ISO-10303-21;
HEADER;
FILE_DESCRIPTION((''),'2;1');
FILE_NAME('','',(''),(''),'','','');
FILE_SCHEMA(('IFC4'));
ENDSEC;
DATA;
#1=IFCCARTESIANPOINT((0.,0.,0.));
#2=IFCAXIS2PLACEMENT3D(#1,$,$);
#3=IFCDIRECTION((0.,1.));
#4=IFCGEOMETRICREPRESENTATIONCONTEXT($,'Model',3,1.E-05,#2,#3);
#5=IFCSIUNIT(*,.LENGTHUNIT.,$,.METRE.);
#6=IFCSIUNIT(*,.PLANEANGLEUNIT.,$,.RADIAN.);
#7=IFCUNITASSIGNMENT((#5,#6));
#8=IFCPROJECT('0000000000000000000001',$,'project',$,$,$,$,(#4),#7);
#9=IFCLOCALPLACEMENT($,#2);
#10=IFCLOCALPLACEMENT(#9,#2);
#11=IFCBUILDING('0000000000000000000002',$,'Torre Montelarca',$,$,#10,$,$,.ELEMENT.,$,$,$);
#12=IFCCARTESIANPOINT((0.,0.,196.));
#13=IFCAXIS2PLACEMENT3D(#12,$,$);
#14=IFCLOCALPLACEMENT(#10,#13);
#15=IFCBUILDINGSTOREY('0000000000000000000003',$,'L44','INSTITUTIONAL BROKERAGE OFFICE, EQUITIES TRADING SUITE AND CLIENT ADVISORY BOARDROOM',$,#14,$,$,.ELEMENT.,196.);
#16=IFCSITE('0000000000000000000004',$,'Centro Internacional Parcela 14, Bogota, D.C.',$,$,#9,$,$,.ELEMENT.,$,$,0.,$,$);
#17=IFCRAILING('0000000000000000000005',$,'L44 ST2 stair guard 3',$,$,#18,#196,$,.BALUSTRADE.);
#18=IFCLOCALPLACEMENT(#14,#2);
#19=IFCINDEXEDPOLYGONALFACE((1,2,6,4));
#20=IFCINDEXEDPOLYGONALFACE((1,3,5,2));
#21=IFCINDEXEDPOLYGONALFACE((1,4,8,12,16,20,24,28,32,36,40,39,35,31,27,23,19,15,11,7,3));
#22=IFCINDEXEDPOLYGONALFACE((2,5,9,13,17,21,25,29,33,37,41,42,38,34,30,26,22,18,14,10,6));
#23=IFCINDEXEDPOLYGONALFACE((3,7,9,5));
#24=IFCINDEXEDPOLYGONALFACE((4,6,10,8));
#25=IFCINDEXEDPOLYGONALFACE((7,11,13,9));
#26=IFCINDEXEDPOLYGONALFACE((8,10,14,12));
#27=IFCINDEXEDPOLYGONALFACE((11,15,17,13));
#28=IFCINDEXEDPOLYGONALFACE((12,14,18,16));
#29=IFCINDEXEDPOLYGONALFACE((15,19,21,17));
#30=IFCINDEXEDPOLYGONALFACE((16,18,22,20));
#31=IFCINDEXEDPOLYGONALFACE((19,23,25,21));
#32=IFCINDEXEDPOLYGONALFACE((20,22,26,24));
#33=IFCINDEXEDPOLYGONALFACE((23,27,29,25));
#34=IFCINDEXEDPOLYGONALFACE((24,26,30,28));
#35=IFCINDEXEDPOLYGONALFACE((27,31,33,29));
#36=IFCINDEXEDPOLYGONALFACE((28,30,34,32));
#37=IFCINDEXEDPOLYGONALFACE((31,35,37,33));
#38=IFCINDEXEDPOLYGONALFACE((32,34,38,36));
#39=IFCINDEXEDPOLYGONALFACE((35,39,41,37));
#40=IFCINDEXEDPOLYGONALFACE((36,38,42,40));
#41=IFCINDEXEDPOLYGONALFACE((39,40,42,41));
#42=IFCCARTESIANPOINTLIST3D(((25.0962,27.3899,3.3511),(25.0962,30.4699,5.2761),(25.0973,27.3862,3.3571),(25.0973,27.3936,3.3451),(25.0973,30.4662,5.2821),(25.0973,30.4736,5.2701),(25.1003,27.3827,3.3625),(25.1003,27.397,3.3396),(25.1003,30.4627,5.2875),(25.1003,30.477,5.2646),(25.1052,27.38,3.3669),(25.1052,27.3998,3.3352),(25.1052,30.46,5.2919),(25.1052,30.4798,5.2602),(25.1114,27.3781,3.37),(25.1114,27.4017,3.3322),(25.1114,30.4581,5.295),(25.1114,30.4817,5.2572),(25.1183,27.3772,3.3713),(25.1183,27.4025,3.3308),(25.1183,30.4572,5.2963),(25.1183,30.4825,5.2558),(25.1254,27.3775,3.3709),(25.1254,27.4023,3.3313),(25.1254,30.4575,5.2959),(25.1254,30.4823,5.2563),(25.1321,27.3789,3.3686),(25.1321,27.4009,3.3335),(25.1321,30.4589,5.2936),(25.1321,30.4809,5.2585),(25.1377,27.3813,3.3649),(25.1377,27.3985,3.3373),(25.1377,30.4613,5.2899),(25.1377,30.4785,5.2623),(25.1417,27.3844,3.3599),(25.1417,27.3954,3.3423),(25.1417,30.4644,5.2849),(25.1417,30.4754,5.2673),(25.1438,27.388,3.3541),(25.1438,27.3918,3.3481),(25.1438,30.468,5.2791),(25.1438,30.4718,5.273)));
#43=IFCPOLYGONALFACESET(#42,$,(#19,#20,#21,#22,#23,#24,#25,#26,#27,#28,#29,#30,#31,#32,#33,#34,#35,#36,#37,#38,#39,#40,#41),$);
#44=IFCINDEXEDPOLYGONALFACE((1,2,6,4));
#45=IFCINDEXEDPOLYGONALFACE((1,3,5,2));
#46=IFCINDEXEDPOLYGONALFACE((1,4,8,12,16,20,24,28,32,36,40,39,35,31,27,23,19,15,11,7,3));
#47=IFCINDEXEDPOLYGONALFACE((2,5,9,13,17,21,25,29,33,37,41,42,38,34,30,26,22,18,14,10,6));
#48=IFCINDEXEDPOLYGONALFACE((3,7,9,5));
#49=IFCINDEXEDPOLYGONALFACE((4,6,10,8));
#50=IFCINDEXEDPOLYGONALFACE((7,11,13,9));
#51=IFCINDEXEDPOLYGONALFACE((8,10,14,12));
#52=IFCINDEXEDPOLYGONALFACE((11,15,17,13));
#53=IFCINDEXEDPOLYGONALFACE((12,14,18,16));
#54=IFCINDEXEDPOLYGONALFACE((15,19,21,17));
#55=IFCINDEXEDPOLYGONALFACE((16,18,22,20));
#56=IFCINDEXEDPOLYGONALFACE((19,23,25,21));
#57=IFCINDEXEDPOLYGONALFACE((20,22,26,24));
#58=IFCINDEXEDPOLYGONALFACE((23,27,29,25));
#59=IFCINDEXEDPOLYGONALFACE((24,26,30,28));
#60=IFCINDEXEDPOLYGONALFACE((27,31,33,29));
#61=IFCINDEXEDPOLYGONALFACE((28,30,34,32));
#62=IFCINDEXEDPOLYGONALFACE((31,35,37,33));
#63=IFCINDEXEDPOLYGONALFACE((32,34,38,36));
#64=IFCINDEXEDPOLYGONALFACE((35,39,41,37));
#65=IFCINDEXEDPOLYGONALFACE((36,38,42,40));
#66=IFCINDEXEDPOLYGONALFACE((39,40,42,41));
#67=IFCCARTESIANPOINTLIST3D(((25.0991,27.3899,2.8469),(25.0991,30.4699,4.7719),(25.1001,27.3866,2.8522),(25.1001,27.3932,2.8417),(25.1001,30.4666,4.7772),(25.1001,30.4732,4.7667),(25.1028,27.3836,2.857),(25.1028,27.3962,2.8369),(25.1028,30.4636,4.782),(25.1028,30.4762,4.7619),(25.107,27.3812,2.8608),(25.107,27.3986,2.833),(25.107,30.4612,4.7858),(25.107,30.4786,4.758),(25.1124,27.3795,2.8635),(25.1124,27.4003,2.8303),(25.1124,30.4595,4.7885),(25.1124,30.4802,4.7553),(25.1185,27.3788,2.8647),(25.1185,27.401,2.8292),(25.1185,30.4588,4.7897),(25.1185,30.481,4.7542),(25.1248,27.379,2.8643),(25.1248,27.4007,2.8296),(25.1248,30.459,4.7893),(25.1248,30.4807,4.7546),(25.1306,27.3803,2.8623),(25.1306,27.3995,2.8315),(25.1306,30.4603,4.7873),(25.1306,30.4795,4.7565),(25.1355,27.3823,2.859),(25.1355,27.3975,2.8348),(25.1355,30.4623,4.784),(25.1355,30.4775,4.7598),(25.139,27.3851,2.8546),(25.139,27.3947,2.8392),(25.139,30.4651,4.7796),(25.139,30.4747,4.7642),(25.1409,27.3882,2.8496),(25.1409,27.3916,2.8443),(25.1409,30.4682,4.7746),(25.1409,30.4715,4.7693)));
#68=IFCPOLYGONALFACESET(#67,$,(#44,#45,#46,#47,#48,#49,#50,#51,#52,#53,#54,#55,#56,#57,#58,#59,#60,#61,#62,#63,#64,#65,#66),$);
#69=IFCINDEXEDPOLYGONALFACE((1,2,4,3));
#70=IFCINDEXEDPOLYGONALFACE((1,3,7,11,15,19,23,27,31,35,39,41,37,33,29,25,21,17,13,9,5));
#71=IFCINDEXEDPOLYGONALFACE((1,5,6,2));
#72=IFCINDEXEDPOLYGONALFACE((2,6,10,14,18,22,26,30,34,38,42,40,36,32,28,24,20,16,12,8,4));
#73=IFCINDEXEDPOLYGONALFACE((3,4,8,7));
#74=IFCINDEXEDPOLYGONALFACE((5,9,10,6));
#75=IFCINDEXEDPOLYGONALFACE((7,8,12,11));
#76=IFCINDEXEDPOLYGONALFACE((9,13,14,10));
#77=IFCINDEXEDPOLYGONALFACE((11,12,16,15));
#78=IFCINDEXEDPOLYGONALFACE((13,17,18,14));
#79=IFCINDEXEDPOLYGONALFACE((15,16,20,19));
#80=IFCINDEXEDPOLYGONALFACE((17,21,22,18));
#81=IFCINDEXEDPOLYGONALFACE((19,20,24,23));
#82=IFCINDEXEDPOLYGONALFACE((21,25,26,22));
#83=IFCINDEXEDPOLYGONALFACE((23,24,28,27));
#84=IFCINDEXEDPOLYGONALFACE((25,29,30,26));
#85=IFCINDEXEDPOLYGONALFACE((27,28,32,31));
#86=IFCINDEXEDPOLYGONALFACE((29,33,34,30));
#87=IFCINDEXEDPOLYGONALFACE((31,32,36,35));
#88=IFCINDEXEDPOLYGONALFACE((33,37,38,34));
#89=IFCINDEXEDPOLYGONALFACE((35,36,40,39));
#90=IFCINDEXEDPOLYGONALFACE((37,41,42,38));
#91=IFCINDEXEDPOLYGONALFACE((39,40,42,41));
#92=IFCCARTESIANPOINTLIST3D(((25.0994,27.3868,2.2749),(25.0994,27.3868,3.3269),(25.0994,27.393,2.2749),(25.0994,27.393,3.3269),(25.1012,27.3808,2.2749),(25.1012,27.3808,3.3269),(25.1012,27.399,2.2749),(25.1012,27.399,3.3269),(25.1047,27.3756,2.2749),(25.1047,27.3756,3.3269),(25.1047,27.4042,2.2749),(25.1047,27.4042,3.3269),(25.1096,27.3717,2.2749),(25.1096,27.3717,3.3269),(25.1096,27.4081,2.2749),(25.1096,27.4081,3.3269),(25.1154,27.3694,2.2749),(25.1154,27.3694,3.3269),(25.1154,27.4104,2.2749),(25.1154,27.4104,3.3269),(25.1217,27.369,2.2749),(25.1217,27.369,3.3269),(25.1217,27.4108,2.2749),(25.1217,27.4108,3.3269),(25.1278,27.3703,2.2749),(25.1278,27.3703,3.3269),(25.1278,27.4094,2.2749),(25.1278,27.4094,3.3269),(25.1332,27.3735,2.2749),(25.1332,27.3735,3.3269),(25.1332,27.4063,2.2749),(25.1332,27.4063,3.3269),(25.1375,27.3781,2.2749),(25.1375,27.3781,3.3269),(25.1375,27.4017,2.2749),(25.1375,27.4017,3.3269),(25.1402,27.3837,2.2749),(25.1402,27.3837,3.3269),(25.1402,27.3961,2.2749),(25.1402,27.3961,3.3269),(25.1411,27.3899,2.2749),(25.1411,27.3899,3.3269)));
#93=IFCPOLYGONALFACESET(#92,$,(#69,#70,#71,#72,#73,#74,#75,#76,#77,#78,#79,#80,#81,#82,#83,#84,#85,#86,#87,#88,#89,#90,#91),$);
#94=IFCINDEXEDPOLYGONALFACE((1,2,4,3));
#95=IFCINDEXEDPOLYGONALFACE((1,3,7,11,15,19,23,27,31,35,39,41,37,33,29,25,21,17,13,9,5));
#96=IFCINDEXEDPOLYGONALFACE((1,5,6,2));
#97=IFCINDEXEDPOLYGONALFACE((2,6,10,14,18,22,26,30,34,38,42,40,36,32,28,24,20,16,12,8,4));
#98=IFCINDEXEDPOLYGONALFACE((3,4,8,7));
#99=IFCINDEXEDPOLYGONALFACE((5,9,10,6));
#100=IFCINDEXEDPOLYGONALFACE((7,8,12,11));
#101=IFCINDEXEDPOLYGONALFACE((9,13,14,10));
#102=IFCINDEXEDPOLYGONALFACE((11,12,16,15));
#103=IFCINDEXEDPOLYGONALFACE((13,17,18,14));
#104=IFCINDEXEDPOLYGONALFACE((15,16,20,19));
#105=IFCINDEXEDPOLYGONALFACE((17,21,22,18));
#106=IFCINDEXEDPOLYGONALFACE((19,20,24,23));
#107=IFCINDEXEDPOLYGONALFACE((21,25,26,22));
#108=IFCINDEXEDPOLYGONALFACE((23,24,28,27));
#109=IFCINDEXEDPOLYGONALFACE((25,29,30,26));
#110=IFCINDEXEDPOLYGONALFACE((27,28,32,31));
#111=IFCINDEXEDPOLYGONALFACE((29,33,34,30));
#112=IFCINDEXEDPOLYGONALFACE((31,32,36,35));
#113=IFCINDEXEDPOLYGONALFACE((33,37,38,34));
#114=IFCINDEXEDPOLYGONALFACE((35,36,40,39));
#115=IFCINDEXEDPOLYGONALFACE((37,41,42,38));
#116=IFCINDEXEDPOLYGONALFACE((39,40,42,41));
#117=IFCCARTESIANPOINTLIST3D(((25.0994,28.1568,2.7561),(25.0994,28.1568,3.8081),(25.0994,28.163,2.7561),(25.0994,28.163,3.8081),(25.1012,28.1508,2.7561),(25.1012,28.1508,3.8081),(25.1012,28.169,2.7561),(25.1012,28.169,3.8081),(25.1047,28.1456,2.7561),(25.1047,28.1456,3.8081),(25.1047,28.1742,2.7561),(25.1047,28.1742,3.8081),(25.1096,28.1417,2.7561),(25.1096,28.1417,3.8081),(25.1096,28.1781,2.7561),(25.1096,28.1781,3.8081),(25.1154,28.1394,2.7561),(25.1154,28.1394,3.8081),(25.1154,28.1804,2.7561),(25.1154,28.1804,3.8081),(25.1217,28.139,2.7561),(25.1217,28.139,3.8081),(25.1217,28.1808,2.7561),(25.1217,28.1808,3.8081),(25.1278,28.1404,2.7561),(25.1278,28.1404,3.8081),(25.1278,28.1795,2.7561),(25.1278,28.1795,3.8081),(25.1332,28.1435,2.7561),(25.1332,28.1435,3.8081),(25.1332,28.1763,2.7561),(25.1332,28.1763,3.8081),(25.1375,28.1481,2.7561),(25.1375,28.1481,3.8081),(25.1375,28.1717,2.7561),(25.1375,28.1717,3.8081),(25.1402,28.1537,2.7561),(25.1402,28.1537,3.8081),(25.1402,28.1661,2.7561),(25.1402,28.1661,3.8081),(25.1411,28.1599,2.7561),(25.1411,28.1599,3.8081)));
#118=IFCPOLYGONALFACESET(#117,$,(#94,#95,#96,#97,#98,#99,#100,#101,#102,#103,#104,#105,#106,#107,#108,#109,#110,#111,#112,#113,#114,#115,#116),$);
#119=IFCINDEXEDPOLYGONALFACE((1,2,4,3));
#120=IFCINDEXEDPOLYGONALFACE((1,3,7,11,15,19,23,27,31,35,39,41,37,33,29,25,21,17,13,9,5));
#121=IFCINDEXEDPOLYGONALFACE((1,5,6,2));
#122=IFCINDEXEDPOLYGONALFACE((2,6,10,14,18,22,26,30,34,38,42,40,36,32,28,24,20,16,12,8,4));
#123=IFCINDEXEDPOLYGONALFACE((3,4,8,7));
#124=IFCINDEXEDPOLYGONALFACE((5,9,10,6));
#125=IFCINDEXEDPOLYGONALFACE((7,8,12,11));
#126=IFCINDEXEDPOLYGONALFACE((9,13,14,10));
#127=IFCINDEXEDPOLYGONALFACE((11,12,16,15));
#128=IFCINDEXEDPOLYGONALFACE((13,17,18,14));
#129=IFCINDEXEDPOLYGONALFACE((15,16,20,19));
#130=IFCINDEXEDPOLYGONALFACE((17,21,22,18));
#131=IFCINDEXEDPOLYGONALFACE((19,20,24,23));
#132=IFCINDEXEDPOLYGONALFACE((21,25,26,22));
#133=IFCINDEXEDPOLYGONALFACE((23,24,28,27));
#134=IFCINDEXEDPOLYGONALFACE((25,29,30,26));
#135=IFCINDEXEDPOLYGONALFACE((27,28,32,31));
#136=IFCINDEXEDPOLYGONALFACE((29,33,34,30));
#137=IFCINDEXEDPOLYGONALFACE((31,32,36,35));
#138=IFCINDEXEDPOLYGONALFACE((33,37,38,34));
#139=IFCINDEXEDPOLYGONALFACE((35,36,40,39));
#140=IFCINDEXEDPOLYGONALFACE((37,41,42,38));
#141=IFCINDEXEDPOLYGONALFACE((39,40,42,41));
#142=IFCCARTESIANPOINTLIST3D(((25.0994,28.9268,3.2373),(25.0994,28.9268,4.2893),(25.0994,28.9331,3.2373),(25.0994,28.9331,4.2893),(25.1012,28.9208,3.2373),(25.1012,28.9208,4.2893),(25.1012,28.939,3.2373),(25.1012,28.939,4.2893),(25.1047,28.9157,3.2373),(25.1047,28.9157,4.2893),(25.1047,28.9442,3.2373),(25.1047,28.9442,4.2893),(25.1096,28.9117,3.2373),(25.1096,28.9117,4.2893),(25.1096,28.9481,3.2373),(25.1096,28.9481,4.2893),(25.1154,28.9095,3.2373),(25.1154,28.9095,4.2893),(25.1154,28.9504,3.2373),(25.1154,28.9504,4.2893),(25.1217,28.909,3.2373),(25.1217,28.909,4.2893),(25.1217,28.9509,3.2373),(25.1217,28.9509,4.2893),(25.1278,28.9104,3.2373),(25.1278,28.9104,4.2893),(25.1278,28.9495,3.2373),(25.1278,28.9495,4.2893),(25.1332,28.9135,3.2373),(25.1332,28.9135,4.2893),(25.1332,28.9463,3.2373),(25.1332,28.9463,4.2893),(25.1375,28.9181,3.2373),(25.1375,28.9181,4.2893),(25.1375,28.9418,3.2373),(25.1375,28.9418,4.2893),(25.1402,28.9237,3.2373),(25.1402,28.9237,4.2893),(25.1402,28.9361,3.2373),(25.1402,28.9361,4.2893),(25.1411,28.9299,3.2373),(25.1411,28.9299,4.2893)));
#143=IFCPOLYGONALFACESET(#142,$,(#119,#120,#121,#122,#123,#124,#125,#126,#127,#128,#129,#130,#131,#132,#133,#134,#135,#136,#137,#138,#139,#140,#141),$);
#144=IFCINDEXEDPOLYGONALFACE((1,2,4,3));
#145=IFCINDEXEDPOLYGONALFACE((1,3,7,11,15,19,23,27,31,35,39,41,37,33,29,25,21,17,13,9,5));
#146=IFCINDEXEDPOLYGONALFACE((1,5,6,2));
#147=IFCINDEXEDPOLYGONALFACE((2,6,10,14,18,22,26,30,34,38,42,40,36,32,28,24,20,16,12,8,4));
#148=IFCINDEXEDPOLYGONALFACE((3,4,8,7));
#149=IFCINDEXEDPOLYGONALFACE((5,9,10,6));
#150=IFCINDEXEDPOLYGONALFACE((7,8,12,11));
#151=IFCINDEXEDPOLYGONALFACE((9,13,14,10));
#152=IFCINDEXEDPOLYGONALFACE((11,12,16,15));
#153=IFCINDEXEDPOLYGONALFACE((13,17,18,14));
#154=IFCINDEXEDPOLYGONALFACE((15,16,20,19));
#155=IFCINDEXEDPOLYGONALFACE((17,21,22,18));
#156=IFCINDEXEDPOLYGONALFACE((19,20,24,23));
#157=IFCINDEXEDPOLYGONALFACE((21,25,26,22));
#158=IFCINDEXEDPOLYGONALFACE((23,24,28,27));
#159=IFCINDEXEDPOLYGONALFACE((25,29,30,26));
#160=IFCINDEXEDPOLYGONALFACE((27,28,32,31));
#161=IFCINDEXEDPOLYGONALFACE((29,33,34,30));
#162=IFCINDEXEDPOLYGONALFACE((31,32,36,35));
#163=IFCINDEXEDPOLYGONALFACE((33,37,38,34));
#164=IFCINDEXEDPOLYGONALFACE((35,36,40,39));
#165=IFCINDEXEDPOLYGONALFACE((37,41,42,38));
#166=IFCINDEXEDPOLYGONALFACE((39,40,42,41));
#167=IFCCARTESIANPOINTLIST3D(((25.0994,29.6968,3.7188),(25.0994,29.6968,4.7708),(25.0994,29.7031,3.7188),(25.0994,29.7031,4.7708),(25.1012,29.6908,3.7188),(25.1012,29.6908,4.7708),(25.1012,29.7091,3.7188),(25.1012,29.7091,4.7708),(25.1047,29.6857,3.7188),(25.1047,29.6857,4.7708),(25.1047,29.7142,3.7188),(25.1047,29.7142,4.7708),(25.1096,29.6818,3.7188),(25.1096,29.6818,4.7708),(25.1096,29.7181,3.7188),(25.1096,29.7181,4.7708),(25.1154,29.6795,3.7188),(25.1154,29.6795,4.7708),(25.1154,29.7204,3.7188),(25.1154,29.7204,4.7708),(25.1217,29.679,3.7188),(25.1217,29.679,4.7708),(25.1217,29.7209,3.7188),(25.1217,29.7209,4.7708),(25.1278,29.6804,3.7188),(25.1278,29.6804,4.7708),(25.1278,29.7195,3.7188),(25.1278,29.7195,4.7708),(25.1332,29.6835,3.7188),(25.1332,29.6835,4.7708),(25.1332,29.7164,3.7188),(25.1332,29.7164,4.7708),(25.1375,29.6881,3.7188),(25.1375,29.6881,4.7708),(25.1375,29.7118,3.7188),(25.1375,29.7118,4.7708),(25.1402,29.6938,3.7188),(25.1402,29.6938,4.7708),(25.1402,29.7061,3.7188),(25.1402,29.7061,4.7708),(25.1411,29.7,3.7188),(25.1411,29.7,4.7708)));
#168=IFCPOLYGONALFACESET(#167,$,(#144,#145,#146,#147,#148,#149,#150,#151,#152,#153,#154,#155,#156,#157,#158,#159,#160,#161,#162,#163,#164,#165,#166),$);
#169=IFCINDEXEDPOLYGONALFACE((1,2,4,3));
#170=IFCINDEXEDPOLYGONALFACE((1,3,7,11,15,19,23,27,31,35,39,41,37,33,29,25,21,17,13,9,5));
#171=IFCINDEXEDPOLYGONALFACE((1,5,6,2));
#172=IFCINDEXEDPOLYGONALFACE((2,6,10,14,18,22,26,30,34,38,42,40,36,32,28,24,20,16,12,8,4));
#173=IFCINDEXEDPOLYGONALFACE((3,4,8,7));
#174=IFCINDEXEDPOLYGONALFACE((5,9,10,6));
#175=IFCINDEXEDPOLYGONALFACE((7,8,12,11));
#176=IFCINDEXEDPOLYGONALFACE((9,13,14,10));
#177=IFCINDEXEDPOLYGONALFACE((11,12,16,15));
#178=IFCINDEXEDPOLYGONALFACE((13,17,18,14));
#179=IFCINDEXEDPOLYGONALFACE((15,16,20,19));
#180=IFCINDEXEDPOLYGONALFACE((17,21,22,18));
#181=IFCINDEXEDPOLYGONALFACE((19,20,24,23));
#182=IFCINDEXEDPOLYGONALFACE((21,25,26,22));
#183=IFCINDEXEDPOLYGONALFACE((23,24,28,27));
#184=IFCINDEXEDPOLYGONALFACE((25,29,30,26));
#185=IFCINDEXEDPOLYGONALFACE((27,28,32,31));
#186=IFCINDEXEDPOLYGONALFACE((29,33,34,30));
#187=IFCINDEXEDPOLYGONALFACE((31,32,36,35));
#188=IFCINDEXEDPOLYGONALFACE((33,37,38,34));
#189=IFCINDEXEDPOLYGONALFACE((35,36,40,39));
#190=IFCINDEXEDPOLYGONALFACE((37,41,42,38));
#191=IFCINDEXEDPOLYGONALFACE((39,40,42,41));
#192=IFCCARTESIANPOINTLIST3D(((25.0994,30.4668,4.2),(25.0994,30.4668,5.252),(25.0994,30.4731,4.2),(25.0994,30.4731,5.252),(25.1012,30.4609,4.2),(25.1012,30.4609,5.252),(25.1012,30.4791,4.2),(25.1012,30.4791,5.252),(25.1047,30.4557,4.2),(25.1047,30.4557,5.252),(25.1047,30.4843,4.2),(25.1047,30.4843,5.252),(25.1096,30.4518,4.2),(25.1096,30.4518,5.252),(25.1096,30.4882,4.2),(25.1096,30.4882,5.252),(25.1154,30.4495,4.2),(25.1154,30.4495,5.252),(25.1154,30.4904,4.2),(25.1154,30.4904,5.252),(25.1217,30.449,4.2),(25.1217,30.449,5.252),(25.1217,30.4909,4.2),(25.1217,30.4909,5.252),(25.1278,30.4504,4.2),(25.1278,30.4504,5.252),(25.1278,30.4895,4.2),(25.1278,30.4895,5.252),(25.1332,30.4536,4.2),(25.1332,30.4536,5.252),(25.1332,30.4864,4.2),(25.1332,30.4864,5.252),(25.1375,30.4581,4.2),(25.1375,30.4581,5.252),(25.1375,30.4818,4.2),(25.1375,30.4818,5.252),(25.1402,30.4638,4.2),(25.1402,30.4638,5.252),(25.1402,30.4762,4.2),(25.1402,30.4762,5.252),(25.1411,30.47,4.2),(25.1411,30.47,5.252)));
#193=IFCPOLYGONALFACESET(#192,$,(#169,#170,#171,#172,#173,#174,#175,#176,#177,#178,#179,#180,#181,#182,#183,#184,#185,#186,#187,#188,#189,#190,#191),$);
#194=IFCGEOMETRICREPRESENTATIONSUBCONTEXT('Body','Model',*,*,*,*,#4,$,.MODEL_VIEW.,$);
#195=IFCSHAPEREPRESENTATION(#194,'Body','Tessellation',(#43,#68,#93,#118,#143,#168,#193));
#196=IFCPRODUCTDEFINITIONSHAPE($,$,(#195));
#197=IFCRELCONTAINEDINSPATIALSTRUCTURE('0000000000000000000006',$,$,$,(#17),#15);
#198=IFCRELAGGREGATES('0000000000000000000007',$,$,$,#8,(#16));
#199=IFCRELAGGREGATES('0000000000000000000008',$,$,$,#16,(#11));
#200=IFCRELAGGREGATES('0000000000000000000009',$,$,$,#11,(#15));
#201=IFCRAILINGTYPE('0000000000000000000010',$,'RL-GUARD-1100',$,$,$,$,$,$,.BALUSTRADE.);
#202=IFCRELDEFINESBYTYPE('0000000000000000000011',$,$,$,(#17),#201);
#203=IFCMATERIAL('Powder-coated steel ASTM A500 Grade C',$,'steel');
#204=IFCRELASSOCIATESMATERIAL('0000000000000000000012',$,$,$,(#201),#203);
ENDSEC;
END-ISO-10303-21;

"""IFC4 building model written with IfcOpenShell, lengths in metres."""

from ifc_helpers import new_model, si_unit, direction, frame, origin, origin_2d, place, context, subcontext, project, spatial, circle, extrude, material, type_object, element, save


model = new_model("IFC4")

# Units and contexts
model_context = context("Model", 3, precision=1e-05, world=origin(), true_north=direction((0.0, 1.0)))
body_context = subcontext(model_context, "Body", "Model", "MODEL_VIEW")
ifc_project = project(units=[si_unit("LENGTHUNIT", "METRE"), si_unit("PLANEANGLEUNIT", "RADIAN")], contexts=[model_context])

# Site, building, storey
site_placement = place(None, origin())
site = spatial("IfcSite", under=ifc_project, at=site_placement, Name="Centro Internacional Parcela 14, Bogota, D.C.", CompositionType="ELEMENT", RefElevation=0.0)
building_placement = place(site_placement, origin())
building = spatial("IfcBuilding", under=site, at=building_placement, Name="Torre Montelarca", CompositionType="ELEMENT")
storey_placement = place(building_placement, frame((0.0, 0.0, 196.0)))
storey = spatial("IfcBuildingStorey", under=building, at=storey_placement, Name="L44", Description="INSTITUTIONAL BROKERAGE OFFICE, EQUITIES TRADING SUITE AND CLIENT ADVISORY BOARDROOM", CompositionType="ELEMENT", Elevation=196.0)

# Railing
ifc_material_1 = material(Name="Powder-coated steel ASTM A500 Grade C", Category="steel")
railing_type_1 = type_object("IfcRailingType", Name="RL-GUARD-1100", PredefinedType="BALUSTRADE", material=ifc_material_1)
railing_1_placement = place(storey_placement, frame((25.1201, 27.3899, 2.2749)))
element("IfcRailing", 1, at=railing_1_placement, inside=storey, type_object=railing_type_1, Name="L44 ST2 stair guard 3", PredefinedType="BALUSTRADE", context=body_context, shape_type="SweptSolid", body=[
    extrude(circle(Radius=0.0239, at=origin_2d()), frame((0.0, 0.0, 1.0762), z_axis=(0.0, 0.847998, 0.529999), x_axis=(-1.0, 0.0, 0.0)), (0.0, 0.0, 1.0), 3.6321),
    extrude(circle(Radius=0.021, at=origin_2d()), frame((0.0, 0.0, 0.572), z_axis=(0.0, 0.847998, 0.529999), x_axis=(-1.0, 0.0, 0.0)), (0.0, 0.0, 1.0), 3.6321),
    extrude(circle(Radius=0.021, at=origin_2d()), origin(), (0.0, 0.0, 1.0), 1.052),
    extrude(circle(Radius=0.021, at=origin_2d()), frame((0.0, 0.77, 0.4812)), (0.0, 0.0, 1.0), 1.052),
    extrude(circle(Radius=0.021, at=origin_2d()), frame((0.0, 1.54, 0.9624)), (0.0, 0.0, 1.0), 1.052),
    extrude(circle(Radius=0.021, at=origin_2d()), frame((0.0, 2.3101, 1.4438)), (0.0, 0.0, 1.0), 1.052),
    extrude(circle(Radius=0.021, at=origin_2d()), frame((0.0, 3.0801, 1.925)), (0.0, 0.0, 1.0), 1.052),
])

save(model, "model.ifc")
